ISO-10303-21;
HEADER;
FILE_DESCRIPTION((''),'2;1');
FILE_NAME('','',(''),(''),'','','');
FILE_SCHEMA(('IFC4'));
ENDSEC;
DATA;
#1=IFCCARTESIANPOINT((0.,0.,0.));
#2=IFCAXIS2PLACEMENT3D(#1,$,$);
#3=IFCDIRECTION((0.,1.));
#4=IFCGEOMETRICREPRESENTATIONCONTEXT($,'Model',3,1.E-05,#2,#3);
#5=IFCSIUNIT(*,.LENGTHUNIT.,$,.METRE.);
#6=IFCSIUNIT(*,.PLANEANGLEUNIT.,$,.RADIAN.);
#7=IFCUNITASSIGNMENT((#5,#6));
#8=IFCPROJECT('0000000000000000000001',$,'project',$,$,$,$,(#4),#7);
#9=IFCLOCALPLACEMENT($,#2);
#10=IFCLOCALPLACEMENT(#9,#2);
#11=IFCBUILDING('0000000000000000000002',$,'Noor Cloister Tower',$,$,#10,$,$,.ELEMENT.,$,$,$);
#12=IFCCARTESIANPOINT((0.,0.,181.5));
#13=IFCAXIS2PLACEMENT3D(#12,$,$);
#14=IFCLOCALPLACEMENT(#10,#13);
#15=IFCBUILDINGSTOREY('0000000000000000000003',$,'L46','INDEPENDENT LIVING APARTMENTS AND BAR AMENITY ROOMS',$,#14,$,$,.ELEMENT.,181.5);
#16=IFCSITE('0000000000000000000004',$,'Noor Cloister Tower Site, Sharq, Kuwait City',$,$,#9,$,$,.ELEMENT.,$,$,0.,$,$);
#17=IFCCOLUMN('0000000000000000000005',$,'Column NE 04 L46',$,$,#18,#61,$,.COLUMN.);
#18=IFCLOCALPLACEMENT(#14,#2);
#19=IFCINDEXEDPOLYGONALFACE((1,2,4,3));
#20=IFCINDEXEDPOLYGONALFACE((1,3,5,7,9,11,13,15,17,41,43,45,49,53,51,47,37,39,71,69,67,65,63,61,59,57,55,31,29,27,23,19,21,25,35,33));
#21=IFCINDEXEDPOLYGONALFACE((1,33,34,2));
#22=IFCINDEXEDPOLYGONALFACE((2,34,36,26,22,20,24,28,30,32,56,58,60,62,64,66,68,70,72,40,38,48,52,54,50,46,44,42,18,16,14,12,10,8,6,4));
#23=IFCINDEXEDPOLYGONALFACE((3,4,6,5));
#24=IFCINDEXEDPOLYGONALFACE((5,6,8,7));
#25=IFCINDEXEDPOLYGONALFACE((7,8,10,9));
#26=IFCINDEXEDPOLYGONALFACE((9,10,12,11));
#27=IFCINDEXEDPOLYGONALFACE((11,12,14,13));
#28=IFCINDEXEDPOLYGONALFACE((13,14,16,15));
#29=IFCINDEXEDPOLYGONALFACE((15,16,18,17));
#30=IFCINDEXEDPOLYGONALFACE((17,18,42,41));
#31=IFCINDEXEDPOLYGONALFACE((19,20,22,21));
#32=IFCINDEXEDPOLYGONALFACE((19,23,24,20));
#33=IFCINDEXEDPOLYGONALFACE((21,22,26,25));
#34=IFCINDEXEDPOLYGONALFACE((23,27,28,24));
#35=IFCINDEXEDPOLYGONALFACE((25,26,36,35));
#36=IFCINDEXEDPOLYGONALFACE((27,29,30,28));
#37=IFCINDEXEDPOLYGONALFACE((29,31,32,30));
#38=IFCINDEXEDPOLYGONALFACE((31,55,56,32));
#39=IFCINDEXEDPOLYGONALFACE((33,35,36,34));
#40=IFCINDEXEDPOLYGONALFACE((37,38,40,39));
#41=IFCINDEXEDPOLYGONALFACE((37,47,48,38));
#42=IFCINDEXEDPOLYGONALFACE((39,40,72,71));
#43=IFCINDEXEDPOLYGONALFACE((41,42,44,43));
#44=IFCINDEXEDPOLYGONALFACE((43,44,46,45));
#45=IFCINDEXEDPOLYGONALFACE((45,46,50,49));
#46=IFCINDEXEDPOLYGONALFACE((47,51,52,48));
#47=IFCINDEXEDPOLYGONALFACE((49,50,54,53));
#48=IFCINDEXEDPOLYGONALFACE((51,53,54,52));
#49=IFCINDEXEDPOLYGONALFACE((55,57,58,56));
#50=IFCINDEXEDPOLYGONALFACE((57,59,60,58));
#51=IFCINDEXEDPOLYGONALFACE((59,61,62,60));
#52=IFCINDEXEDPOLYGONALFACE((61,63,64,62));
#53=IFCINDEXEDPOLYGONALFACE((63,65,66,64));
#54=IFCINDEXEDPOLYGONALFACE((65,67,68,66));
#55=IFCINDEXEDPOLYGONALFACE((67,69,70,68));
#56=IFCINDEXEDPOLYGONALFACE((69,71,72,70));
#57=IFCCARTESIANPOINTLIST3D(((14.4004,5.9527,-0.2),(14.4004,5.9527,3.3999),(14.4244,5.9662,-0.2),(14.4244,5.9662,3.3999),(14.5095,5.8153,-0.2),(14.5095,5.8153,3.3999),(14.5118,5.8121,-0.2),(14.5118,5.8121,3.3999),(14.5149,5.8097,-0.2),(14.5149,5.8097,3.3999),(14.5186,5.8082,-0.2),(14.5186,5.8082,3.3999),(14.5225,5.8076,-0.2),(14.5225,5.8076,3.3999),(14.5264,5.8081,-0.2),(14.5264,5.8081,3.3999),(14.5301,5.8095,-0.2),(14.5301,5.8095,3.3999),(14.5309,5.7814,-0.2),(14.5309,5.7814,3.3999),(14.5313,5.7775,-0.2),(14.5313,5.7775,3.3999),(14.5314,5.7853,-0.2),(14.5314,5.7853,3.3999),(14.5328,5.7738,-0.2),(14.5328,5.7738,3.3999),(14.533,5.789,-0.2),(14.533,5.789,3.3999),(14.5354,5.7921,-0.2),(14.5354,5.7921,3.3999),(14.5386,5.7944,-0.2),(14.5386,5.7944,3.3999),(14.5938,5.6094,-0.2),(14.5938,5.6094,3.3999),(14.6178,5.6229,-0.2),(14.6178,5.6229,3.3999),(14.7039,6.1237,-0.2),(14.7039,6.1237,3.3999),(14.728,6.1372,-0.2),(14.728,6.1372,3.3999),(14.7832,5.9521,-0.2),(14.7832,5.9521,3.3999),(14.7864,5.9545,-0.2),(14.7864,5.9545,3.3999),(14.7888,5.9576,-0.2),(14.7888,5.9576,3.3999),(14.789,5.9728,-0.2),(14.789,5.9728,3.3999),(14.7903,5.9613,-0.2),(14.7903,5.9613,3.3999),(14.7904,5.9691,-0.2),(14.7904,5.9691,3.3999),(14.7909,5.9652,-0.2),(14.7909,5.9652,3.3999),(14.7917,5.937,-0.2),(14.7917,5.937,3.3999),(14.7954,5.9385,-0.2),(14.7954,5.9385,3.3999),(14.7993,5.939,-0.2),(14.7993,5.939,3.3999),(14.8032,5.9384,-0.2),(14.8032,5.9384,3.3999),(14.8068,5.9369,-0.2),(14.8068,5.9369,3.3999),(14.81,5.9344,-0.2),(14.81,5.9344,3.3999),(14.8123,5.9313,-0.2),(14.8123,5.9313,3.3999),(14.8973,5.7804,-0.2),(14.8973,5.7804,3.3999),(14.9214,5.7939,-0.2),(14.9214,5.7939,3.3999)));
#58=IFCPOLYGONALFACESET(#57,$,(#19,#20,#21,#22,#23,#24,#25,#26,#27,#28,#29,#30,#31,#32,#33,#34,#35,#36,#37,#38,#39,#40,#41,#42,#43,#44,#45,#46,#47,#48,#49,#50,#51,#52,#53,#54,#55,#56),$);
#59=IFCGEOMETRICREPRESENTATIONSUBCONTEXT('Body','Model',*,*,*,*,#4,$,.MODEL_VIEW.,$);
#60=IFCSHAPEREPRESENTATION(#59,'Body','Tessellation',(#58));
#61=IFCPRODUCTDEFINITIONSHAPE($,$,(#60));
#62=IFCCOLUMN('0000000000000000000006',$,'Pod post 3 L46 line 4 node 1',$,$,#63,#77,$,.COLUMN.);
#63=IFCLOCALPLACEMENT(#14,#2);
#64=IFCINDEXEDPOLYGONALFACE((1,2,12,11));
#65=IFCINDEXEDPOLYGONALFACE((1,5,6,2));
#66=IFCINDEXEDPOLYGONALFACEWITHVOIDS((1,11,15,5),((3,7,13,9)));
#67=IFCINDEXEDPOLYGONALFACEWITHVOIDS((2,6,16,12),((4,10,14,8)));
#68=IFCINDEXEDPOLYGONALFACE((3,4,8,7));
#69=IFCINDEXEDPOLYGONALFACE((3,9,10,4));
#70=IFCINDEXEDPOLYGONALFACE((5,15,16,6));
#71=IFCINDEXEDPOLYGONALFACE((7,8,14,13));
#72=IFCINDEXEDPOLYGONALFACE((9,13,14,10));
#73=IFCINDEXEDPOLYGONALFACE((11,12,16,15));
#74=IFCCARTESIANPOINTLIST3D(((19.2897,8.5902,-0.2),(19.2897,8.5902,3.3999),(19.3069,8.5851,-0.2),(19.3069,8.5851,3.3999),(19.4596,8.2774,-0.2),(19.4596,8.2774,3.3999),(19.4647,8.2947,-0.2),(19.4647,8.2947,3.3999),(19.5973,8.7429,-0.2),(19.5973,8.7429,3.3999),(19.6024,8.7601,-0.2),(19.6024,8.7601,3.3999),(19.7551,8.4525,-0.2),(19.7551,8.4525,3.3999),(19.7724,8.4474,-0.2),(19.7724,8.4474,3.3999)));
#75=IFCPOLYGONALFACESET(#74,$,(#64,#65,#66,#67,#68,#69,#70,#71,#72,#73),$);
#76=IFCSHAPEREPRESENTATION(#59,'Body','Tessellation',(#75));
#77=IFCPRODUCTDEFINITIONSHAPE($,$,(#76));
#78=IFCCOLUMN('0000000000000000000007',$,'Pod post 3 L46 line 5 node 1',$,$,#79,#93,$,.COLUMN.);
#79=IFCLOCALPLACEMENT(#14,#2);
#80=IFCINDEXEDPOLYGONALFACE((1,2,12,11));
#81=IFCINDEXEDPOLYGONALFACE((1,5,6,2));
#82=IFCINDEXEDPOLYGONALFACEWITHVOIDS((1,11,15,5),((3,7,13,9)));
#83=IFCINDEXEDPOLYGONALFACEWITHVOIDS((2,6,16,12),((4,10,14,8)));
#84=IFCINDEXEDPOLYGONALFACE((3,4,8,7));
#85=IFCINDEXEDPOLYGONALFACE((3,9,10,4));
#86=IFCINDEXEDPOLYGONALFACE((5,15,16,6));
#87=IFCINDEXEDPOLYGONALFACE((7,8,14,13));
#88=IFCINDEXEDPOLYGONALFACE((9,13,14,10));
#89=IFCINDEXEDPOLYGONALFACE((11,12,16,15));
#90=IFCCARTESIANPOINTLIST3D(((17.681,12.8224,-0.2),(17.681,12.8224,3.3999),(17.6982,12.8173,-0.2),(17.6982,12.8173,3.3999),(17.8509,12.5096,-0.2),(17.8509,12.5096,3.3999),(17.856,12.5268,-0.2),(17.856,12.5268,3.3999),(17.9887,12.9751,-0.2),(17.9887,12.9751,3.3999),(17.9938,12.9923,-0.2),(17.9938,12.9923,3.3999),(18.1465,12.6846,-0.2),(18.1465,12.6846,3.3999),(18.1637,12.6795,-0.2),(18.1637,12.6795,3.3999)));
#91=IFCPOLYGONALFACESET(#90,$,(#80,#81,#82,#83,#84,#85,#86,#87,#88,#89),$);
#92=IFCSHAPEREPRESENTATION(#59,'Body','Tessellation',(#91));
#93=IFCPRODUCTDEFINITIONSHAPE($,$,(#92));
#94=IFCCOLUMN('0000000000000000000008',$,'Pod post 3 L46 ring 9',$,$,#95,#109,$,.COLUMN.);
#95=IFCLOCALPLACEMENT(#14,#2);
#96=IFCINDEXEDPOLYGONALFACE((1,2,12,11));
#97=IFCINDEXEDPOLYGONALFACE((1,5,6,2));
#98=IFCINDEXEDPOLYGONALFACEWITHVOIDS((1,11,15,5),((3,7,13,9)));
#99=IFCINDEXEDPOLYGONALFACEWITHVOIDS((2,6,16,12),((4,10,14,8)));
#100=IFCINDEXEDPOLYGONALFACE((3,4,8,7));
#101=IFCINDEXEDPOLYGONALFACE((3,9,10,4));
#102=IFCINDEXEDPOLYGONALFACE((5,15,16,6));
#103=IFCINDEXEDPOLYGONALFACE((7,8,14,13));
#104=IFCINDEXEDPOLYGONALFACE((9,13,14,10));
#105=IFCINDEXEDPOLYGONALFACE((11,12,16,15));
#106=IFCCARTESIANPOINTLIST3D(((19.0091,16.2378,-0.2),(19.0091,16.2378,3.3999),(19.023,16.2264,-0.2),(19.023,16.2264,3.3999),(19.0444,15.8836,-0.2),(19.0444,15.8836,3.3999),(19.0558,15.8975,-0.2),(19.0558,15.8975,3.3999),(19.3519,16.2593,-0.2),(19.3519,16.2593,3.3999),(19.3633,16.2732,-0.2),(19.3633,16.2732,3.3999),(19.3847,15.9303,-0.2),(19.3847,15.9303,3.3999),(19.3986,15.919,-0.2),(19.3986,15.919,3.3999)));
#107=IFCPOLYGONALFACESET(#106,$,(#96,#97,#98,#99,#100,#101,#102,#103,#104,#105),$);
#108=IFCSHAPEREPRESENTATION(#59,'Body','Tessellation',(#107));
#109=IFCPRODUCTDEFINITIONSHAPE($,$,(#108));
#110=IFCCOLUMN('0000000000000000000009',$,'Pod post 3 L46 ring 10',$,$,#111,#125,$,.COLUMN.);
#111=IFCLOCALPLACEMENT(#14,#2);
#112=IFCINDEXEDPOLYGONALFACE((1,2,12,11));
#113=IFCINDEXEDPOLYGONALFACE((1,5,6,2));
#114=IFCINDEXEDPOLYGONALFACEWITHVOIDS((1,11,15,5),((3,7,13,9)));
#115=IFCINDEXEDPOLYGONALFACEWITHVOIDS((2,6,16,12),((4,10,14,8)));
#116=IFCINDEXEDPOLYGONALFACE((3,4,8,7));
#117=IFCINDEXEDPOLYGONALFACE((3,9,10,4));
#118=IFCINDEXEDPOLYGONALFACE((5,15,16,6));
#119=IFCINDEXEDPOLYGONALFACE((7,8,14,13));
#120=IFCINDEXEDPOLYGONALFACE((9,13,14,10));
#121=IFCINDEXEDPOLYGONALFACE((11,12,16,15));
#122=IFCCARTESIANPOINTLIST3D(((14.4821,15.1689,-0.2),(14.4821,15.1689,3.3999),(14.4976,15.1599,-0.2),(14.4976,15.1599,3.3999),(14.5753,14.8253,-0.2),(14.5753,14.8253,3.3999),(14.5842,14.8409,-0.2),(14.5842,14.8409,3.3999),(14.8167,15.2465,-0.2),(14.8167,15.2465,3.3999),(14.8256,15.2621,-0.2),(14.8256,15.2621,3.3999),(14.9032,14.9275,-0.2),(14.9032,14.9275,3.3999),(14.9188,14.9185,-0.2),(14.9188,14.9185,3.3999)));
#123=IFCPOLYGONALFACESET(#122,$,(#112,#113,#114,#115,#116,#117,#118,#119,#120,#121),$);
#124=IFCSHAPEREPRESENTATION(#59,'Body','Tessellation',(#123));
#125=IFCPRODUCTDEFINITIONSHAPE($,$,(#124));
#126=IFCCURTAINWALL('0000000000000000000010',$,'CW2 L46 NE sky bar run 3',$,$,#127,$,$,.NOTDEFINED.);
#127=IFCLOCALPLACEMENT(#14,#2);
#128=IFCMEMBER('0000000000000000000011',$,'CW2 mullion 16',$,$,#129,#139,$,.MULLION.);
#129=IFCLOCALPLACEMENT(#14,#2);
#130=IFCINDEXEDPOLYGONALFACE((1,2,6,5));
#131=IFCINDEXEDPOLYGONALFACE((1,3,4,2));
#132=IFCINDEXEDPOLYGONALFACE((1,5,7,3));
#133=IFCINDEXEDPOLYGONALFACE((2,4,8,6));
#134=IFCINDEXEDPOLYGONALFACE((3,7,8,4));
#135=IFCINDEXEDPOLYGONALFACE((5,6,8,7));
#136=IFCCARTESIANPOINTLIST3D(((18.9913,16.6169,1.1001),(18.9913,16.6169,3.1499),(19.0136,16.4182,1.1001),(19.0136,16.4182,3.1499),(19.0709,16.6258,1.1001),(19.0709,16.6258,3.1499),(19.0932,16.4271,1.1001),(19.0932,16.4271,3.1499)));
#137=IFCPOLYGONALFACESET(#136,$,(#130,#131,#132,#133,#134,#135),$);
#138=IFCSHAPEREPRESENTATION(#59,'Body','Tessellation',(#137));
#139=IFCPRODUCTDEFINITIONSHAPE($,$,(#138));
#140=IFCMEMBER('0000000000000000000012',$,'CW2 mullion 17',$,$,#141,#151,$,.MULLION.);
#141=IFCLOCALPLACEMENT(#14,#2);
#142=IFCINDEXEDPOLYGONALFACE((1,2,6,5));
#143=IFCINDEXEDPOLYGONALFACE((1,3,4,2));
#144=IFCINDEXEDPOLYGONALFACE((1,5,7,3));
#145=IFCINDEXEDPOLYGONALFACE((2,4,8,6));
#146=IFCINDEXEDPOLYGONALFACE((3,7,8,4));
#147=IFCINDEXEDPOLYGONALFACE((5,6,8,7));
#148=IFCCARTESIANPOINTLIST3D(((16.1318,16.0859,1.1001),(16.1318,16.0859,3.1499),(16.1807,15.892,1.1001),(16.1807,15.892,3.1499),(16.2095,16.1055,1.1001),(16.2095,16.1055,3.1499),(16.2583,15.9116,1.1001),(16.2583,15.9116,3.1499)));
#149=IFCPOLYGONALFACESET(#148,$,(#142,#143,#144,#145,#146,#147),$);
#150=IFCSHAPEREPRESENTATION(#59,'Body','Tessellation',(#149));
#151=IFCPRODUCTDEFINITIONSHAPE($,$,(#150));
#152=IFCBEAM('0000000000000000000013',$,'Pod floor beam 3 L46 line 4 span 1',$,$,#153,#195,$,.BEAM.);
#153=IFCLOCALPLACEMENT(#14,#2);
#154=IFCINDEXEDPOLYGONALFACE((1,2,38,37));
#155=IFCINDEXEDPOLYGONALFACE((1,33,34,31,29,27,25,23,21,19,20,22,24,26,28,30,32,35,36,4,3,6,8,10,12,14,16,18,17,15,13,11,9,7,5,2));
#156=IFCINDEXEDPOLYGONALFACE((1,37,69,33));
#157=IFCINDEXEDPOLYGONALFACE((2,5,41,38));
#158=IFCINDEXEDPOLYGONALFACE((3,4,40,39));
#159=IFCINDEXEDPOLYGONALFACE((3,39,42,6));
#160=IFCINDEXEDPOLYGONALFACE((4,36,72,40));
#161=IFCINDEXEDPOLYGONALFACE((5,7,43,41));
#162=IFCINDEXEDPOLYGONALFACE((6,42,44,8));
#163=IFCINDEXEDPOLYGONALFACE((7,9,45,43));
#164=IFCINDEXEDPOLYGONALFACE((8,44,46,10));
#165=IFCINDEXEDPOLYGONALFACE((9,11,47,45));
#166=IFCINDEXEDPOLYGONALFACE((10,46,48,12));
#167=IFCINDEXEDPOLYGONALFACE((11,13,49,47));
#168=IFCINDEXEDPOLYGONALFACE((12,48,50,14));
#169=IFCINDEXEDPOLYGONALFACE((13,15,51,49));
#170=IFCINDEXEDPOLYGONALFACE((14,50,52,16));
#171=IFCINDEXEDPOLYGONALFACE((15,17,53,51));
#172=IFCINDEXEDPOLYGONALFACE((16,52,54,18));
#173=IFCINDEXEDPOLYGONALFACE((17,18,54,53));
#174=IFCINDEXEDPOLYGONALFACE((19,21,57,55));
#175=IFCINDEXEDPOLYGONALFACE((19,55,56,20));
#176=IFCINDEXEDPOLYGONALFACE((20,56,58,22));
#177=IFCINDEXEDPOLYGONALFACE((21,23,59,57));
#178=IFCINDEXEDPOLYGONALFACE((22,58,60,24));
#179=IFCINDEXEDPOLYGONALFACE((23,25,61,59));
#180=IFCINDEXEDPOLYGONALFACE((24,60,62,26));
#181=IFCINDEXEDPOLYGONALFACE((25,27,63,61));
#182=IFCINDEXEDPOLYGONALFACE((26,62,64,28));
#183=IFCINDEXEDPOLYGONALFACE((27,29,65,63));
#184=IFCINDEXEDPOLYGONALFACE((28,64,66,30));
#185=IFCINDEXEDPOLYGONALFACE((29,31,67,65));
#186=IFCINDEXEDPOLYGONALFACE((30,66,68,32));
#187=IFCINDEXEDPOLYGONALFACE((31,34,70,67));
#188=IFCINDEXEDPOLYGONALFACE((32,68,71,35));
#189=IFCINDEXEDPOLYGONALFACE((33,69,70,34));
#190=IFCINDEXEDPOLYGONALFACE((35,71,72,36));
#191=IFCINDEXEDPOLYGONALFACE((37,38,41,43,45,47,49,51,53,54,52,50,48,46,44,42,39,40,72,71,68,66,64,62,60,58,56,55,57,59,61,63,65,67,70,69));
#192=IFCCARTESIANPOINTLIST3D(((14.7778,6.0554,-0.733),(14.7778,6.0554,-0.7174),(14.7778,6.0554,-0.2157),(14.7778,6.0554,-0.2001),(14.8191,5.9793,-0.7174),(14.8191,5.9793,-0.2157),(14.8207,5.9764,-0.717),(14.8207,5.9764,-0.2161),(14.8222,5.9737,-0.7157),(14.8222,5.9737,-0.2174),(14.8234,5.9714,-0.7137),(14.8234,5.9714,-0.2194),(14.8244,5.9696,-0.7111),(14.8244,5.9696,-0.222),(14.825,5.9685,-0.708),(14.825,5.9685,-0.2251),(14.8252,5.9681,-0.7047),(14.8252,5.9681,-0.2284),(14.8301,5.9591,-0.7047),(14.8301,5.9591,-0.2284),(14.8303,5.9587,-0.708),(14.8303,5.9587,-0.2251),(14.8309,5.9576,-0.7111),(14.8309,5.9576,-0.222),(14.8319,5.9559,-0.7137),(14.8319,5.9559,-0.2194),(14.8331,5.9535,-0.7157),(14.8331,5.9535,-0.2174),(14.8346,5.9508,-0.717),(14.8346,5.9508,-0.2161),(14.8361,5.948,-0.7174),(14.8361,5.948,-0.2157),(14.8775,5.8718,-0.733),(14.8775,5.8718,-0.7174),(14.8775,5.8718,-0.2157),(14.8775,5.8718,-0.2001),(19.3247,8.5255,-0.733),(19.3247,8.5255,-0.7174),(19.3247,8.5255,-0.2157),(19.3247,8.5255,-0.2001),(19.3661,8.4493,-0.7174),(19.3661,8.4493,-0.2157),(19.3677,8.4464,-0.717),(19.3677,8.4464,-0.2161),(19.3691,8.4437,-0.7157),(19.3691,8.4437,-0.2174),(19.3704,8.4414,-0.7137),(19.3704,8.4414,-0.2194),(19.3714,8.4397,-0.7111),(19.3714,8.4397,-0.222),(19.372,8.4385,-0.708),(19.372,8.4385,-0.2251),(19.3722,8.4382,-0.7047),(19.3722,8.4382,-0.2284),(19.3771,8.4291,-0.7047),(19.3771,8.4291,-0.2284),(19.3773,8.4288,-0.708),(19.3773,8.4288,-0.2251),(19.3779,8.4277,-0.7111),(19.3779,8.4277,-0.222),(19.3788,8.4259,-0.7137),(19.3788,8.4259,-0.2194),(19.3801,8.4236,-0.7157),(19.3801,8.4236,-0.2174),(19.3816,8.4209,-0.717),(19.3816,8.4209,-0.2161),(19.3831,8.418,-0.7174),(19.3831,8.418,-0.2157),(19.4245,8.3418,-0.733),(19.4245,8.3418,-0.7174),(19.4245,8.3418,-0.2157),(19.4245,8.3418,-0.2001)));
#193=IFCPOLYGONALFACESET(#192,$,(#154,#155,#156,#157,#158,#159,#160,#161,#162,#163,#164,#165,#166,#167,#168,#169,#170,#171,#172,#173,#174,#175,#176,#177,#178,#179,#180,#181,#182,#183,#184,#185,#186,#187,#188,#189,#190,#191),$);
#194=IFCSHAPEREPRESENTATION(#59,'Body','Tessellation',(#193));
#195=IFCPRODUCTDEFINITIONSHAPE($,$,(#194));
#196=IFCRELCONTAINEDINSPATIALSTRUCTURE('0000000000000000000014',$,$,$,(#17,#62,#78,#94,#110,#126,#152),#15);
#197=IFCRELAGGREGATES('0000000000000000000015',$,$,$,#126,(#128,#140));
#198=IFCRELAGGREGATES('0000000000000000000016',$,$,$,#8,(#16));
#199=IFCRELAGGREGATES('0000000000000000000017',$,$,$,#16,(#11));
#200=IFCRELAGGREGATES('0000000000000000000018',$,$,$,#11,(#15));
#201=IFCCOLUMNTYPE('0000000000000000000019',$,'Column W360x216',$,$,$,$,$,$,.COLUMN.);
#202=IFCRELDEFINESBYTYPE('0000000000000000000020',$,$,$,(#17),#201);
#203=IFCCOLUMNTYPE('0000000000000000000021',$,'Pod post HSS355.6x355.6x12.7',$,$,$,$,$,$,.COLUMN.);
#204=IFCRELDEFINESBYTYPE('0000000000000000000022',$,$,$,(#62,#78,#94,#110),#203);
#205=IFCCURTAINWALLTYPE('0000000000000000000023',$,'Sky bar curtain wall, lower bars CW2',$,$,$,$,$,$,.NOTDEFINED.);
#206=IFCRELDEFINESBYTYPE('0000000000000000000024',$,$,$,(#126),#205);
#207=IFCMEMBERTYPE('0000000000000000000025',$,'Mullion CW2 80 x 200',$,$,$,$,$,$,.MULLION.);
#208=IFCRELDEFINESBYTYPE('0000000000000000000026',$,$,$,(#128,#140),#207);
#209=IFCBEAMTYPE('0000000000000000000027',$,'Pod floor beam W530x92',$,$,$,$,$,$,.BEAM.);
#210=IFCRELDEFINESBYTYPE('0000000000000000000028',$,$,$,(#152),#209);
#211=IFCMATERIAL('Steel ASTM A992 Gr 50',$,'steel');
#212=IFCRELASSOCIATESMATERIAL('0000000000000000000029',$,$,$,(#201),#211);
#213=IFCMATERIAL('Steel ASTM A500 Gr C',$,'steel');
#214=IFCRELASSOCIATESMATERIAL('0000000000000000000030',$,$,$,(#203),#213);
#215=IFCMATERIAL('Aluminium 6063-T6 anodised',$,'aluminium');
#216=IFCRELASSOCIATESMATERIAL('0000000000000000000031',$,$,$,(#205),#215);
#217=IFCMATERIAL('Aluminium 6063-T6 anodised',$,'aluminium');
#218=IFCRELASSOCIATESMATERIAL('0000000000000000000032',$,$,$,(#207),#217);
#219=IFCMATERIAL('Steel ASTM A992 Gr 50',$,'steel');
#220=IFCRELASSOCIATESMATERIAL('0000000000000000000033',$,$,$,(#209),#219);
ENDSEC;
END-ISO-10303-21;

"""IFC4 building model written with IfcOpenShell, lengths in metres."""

from ifc_helpers import new_model, si_unit, direction, frame, origin, origin_2d, place, context, subcontext, project, spatial, rectangle, hollow_rectangle, i_section, extrude, material, material_profile, profile_set, type_object, element, aggregate, save


model = new_model("IFC4")

# Units and contexts
model_context = context("Model", 3, precision=1e-05, world=origin(), true_north=direction((0.0, 1.0)))
body_context = subcontext(model_context, "Body", "Model", "MODEL_VIEW")
ifc_project = project(units=[si_unit("LENGTHUNIT", "METRE"), si_unit("PLANEANGLEUNIT", "RADIAN")], contexts=[model_context])

# Site, building, storey
site_placement = place(None, origin())
site = spatial("IfcSite", under=ifc_project, at=site_placement, Name="Noor Cloister Tower Site, Sharq, Kuwait City", CompositionType="ELEMENT", RefElevation=0.0)
building_placement = place(site_placement, origin())
building = spatial("IfcBuilding", under=site, at=building_placement, Name="Noor Cloister Tower", CompositionType="ELEMENT")
storey_placement = place(building_placement, frame((0.0, 0.0, 181.5)))
storey = spatial("IfcBuildingStorey", under=building, at=storey_placement, Name="L46", Description="INDEPENDENT LIVING APARTMENTS AND BAR AMENITY ROOMS", CompositionType="ELEMENT", Elevation=181.5)

# Columns
ifc_material_1 = material(Name="Steel ASTM A992 Gr 50", Category="steel")
ifc_material_profile_1 = material_profile(ifc_material_1, i_section(OverallWidth=0.394, OverallDepth=0.376, WebThickness=0.0173, FlangeThickness=0.0276, FilletRadius=0.0151, at=origin_2d()), Name="W360x216")
ifc_profile_set_1 = profile_set([ifc_material_profile_1], Name="Steel ASTM A992 Gr 50")
column_type_1 = type_object("IfcColumnType", Name="Column W360x216", PredefinedType="COLUMN", material=ifc_profile_set_1)
column_placement = place(storey_placement, frame((14.6609, 5.8733, -0.2), z_axis=(0.0, 0.0, 1.0), x_axis=(-0.4908, 0.871272, 0.0)))
element("IfcColumn", 1, at=column_placement, inside=storey, type_object=column_type_1, Name="Column NE 04 L46", PredefinedType="COLUMN", context=body_context, shape_type="SweptSolid", body=[
    extrude(i_section(OverallWidth=0.394, OverallDepth=0.376, WebThickness=0.0173, FlangeThickness=0.0276, FilletRadius=0.0151, at=origin_2d()), origin(), (0.0, 0.0, 1.0), 3.5999),
])
ifc_material_2 = material(Name="Steel ASTM A500 Gr C", Category="steel")
ifc_material_profile_2 = material_profile(ifc_material_2, hollow_rectangle(XDim=0.356, YDim=0.356, WallThickness=0.0127, at=origin_2d()), Name="HSS355.6x355.6x12.7")
ifc_profile_set_2 = profile_set([ifc_material_profile_2], Name="Steel ASTM A500 Gr C")
column_type_2 = type_object("IfcColumnType", Name="Pod post HSS355.6x355.6x12.7", PredefinedType="COLUMN", material=ifc_profile_set_2)
for number, where, z_axis, x_axis, name in (
    (2, (19.531, 8.5188, -0.2), (0.0, 0.0, 1.0), (0.878722, 0.477334, 0.0), "Pod post 3 L46 line 4 node 1"),
    (3, (17.9224, 12.751, -0.2), (0.0, 0.0, 1.0), (0.878722, 0.477334, 0.0), "Pod post 3 L46 line 5 node 1"),
    (4, (19.2039, 16.0784, -0.2), (0.0, 0.0, 1.0), (-0.99505, -0.099375, 0.0), "Pod post 3 L46 ring 9"),
    (5, (14.7004, 15.0437, -0.2), (0.0, 0.0, 1.0), (-0.965115, -0.261828, 0.0), "Pod post 3 L46 ring 10"),
):
    element("IfcColumn", number, at=place(storey_placement, frame(where, z_axis=z_axis, x_axis=x_axis)), inside=storey, type_object=column_type_2, Name=name, PredefinedType="COLUMN", context=body_context, shape_type="SweptSolid", body=[
        extrude(hollow_rectangle(XDim=0.356, YDim=0.356, WallThickness=0.0127, at=origin_2d()), origin(), (0.0, 0.0, 1.0), 3.5999),
    ])

# Curtain wall, members
ifc_material_3 = material(Name="Aluminium 6063-T6 anodised", Category="aluminium")
curtain_wall_type = type_object("IfcCurtainWallType", Name="Sky bar curtain wall, lower bars CW2", PredefinedType="NOTDEFINED", material=ifc_material_3)
curtain_wall_placement = place(storey_placement, origin())
curtain_wall = element("IfcCurtainWall", 6, at=curtain_wall_placement, inside=storey, type_object=curtain_wall_type, Name="CW2 L46 NE sky bar run 3", PredefinedType="NOTDEFINED")
ifc_material_4 = material(Name="Aluminium 6063-T6 anodised", Category="aluminium")
ifc_material_profile_3 = material_profile(ifc_material_4, rectangle(XDim=0.2, YDim=0.0801, at=origin_2d()), Name="200 x 80 mullion")
ifc_profile_set_3 = profile_set([ifc_material_profile_3], Name="Aluminium 6063-T6 anodised")
member_type = type_object("IfcMemberType", Name="Mullion CW2 80 x 200", PredefinedType="MULLION", material=ifc_profile_set_3)
member_1_placement = place(storey_placement, frame((19.0422, 16.522, 1.1001), z_axis=(0.0, 0.0, 1.0), x_axis=(0.111408, -0.993775, 0.0)))
member_1 = element("IfcMember", 7, at=member_1_placement, type_object=member_type, Name="CW2 mullion 16", PredefinedType="MULLION", context=body_context, shape_type="SweptSolid", body=[
    extrude(rectangle(XDim=0.2, YDim=0.0801, at=origin_2d()), origin(), (0.0, 0.0, 1.0), 2.0498),
])
member_2_placement = place(storey_placement, frame((16.1951, 15.9988, 1.1001), z_axis=(0.0, 0.0, 1.0), x_axis=(0.24441, -0.969672, 0.0)))
member_2 = element("IfcMember", 8, at=member_2_placement, type_object=member_type, Name="CW2 mullion 17", PredefinedType="MULLION", context=body_context, shape_type="SweptSolid", body=[
    extrude(rectangle(XDim=0.2, YDim=0.0801, at=origin_2d()), origin(), (0.0, 0.0, 1.0), 2.0498),
])

# Beam
ifc_material_5 = material(Name="Steel ASTM A992 Gr 50", Category="steel")
ifc_material_profile_4 = material_profile(ifc_material_5, i_section(OverallWidth=0.209, OverallDepth=0.533, WebThickness=0.0103, FlangeThickness=0.0156, FilletRadius=0.0127, at=origin_2d()), Name="W530x92")
ifc_profile_set_4 = profile_set([ifc_material_profile_4], Name="Steel ASTM A992 Gr 50")
beam_type_1 = type_object("IfcBeamType", Name="Pod floor beam W530x92", PredefinedType="BEAM", material=ifc_profile_set_4)
beam_1_placement = place(storey_placement, frame((14.8276, 5.9636, -0.4666), z_axis=(0.878718, 0.477341, 0.0), x_axis=(-0.477341, 0.878718, 0.0)))
element("IfcBeam", 9, at=beam_1_placement, inside=storey, type_object=beam_type_1, Name="Pod floor beam 3 L46 line 4 span 1", PredefinedType="BEAM", context=body_context, shape_type="SweptSolid", body=[
    extrude(i_section(OverallWidth=0.209, OverallDepth=0.533, WebThickness=0.0103, FlangeThickness=0.0156, FilletRadius=0.0127, at=origin_2d()), origin(), (0.0, 0.0, 1.0), 5.1746),
])

aggregate(curtain_wall, [member_1, member_2])

save(model, "model.ifc")
